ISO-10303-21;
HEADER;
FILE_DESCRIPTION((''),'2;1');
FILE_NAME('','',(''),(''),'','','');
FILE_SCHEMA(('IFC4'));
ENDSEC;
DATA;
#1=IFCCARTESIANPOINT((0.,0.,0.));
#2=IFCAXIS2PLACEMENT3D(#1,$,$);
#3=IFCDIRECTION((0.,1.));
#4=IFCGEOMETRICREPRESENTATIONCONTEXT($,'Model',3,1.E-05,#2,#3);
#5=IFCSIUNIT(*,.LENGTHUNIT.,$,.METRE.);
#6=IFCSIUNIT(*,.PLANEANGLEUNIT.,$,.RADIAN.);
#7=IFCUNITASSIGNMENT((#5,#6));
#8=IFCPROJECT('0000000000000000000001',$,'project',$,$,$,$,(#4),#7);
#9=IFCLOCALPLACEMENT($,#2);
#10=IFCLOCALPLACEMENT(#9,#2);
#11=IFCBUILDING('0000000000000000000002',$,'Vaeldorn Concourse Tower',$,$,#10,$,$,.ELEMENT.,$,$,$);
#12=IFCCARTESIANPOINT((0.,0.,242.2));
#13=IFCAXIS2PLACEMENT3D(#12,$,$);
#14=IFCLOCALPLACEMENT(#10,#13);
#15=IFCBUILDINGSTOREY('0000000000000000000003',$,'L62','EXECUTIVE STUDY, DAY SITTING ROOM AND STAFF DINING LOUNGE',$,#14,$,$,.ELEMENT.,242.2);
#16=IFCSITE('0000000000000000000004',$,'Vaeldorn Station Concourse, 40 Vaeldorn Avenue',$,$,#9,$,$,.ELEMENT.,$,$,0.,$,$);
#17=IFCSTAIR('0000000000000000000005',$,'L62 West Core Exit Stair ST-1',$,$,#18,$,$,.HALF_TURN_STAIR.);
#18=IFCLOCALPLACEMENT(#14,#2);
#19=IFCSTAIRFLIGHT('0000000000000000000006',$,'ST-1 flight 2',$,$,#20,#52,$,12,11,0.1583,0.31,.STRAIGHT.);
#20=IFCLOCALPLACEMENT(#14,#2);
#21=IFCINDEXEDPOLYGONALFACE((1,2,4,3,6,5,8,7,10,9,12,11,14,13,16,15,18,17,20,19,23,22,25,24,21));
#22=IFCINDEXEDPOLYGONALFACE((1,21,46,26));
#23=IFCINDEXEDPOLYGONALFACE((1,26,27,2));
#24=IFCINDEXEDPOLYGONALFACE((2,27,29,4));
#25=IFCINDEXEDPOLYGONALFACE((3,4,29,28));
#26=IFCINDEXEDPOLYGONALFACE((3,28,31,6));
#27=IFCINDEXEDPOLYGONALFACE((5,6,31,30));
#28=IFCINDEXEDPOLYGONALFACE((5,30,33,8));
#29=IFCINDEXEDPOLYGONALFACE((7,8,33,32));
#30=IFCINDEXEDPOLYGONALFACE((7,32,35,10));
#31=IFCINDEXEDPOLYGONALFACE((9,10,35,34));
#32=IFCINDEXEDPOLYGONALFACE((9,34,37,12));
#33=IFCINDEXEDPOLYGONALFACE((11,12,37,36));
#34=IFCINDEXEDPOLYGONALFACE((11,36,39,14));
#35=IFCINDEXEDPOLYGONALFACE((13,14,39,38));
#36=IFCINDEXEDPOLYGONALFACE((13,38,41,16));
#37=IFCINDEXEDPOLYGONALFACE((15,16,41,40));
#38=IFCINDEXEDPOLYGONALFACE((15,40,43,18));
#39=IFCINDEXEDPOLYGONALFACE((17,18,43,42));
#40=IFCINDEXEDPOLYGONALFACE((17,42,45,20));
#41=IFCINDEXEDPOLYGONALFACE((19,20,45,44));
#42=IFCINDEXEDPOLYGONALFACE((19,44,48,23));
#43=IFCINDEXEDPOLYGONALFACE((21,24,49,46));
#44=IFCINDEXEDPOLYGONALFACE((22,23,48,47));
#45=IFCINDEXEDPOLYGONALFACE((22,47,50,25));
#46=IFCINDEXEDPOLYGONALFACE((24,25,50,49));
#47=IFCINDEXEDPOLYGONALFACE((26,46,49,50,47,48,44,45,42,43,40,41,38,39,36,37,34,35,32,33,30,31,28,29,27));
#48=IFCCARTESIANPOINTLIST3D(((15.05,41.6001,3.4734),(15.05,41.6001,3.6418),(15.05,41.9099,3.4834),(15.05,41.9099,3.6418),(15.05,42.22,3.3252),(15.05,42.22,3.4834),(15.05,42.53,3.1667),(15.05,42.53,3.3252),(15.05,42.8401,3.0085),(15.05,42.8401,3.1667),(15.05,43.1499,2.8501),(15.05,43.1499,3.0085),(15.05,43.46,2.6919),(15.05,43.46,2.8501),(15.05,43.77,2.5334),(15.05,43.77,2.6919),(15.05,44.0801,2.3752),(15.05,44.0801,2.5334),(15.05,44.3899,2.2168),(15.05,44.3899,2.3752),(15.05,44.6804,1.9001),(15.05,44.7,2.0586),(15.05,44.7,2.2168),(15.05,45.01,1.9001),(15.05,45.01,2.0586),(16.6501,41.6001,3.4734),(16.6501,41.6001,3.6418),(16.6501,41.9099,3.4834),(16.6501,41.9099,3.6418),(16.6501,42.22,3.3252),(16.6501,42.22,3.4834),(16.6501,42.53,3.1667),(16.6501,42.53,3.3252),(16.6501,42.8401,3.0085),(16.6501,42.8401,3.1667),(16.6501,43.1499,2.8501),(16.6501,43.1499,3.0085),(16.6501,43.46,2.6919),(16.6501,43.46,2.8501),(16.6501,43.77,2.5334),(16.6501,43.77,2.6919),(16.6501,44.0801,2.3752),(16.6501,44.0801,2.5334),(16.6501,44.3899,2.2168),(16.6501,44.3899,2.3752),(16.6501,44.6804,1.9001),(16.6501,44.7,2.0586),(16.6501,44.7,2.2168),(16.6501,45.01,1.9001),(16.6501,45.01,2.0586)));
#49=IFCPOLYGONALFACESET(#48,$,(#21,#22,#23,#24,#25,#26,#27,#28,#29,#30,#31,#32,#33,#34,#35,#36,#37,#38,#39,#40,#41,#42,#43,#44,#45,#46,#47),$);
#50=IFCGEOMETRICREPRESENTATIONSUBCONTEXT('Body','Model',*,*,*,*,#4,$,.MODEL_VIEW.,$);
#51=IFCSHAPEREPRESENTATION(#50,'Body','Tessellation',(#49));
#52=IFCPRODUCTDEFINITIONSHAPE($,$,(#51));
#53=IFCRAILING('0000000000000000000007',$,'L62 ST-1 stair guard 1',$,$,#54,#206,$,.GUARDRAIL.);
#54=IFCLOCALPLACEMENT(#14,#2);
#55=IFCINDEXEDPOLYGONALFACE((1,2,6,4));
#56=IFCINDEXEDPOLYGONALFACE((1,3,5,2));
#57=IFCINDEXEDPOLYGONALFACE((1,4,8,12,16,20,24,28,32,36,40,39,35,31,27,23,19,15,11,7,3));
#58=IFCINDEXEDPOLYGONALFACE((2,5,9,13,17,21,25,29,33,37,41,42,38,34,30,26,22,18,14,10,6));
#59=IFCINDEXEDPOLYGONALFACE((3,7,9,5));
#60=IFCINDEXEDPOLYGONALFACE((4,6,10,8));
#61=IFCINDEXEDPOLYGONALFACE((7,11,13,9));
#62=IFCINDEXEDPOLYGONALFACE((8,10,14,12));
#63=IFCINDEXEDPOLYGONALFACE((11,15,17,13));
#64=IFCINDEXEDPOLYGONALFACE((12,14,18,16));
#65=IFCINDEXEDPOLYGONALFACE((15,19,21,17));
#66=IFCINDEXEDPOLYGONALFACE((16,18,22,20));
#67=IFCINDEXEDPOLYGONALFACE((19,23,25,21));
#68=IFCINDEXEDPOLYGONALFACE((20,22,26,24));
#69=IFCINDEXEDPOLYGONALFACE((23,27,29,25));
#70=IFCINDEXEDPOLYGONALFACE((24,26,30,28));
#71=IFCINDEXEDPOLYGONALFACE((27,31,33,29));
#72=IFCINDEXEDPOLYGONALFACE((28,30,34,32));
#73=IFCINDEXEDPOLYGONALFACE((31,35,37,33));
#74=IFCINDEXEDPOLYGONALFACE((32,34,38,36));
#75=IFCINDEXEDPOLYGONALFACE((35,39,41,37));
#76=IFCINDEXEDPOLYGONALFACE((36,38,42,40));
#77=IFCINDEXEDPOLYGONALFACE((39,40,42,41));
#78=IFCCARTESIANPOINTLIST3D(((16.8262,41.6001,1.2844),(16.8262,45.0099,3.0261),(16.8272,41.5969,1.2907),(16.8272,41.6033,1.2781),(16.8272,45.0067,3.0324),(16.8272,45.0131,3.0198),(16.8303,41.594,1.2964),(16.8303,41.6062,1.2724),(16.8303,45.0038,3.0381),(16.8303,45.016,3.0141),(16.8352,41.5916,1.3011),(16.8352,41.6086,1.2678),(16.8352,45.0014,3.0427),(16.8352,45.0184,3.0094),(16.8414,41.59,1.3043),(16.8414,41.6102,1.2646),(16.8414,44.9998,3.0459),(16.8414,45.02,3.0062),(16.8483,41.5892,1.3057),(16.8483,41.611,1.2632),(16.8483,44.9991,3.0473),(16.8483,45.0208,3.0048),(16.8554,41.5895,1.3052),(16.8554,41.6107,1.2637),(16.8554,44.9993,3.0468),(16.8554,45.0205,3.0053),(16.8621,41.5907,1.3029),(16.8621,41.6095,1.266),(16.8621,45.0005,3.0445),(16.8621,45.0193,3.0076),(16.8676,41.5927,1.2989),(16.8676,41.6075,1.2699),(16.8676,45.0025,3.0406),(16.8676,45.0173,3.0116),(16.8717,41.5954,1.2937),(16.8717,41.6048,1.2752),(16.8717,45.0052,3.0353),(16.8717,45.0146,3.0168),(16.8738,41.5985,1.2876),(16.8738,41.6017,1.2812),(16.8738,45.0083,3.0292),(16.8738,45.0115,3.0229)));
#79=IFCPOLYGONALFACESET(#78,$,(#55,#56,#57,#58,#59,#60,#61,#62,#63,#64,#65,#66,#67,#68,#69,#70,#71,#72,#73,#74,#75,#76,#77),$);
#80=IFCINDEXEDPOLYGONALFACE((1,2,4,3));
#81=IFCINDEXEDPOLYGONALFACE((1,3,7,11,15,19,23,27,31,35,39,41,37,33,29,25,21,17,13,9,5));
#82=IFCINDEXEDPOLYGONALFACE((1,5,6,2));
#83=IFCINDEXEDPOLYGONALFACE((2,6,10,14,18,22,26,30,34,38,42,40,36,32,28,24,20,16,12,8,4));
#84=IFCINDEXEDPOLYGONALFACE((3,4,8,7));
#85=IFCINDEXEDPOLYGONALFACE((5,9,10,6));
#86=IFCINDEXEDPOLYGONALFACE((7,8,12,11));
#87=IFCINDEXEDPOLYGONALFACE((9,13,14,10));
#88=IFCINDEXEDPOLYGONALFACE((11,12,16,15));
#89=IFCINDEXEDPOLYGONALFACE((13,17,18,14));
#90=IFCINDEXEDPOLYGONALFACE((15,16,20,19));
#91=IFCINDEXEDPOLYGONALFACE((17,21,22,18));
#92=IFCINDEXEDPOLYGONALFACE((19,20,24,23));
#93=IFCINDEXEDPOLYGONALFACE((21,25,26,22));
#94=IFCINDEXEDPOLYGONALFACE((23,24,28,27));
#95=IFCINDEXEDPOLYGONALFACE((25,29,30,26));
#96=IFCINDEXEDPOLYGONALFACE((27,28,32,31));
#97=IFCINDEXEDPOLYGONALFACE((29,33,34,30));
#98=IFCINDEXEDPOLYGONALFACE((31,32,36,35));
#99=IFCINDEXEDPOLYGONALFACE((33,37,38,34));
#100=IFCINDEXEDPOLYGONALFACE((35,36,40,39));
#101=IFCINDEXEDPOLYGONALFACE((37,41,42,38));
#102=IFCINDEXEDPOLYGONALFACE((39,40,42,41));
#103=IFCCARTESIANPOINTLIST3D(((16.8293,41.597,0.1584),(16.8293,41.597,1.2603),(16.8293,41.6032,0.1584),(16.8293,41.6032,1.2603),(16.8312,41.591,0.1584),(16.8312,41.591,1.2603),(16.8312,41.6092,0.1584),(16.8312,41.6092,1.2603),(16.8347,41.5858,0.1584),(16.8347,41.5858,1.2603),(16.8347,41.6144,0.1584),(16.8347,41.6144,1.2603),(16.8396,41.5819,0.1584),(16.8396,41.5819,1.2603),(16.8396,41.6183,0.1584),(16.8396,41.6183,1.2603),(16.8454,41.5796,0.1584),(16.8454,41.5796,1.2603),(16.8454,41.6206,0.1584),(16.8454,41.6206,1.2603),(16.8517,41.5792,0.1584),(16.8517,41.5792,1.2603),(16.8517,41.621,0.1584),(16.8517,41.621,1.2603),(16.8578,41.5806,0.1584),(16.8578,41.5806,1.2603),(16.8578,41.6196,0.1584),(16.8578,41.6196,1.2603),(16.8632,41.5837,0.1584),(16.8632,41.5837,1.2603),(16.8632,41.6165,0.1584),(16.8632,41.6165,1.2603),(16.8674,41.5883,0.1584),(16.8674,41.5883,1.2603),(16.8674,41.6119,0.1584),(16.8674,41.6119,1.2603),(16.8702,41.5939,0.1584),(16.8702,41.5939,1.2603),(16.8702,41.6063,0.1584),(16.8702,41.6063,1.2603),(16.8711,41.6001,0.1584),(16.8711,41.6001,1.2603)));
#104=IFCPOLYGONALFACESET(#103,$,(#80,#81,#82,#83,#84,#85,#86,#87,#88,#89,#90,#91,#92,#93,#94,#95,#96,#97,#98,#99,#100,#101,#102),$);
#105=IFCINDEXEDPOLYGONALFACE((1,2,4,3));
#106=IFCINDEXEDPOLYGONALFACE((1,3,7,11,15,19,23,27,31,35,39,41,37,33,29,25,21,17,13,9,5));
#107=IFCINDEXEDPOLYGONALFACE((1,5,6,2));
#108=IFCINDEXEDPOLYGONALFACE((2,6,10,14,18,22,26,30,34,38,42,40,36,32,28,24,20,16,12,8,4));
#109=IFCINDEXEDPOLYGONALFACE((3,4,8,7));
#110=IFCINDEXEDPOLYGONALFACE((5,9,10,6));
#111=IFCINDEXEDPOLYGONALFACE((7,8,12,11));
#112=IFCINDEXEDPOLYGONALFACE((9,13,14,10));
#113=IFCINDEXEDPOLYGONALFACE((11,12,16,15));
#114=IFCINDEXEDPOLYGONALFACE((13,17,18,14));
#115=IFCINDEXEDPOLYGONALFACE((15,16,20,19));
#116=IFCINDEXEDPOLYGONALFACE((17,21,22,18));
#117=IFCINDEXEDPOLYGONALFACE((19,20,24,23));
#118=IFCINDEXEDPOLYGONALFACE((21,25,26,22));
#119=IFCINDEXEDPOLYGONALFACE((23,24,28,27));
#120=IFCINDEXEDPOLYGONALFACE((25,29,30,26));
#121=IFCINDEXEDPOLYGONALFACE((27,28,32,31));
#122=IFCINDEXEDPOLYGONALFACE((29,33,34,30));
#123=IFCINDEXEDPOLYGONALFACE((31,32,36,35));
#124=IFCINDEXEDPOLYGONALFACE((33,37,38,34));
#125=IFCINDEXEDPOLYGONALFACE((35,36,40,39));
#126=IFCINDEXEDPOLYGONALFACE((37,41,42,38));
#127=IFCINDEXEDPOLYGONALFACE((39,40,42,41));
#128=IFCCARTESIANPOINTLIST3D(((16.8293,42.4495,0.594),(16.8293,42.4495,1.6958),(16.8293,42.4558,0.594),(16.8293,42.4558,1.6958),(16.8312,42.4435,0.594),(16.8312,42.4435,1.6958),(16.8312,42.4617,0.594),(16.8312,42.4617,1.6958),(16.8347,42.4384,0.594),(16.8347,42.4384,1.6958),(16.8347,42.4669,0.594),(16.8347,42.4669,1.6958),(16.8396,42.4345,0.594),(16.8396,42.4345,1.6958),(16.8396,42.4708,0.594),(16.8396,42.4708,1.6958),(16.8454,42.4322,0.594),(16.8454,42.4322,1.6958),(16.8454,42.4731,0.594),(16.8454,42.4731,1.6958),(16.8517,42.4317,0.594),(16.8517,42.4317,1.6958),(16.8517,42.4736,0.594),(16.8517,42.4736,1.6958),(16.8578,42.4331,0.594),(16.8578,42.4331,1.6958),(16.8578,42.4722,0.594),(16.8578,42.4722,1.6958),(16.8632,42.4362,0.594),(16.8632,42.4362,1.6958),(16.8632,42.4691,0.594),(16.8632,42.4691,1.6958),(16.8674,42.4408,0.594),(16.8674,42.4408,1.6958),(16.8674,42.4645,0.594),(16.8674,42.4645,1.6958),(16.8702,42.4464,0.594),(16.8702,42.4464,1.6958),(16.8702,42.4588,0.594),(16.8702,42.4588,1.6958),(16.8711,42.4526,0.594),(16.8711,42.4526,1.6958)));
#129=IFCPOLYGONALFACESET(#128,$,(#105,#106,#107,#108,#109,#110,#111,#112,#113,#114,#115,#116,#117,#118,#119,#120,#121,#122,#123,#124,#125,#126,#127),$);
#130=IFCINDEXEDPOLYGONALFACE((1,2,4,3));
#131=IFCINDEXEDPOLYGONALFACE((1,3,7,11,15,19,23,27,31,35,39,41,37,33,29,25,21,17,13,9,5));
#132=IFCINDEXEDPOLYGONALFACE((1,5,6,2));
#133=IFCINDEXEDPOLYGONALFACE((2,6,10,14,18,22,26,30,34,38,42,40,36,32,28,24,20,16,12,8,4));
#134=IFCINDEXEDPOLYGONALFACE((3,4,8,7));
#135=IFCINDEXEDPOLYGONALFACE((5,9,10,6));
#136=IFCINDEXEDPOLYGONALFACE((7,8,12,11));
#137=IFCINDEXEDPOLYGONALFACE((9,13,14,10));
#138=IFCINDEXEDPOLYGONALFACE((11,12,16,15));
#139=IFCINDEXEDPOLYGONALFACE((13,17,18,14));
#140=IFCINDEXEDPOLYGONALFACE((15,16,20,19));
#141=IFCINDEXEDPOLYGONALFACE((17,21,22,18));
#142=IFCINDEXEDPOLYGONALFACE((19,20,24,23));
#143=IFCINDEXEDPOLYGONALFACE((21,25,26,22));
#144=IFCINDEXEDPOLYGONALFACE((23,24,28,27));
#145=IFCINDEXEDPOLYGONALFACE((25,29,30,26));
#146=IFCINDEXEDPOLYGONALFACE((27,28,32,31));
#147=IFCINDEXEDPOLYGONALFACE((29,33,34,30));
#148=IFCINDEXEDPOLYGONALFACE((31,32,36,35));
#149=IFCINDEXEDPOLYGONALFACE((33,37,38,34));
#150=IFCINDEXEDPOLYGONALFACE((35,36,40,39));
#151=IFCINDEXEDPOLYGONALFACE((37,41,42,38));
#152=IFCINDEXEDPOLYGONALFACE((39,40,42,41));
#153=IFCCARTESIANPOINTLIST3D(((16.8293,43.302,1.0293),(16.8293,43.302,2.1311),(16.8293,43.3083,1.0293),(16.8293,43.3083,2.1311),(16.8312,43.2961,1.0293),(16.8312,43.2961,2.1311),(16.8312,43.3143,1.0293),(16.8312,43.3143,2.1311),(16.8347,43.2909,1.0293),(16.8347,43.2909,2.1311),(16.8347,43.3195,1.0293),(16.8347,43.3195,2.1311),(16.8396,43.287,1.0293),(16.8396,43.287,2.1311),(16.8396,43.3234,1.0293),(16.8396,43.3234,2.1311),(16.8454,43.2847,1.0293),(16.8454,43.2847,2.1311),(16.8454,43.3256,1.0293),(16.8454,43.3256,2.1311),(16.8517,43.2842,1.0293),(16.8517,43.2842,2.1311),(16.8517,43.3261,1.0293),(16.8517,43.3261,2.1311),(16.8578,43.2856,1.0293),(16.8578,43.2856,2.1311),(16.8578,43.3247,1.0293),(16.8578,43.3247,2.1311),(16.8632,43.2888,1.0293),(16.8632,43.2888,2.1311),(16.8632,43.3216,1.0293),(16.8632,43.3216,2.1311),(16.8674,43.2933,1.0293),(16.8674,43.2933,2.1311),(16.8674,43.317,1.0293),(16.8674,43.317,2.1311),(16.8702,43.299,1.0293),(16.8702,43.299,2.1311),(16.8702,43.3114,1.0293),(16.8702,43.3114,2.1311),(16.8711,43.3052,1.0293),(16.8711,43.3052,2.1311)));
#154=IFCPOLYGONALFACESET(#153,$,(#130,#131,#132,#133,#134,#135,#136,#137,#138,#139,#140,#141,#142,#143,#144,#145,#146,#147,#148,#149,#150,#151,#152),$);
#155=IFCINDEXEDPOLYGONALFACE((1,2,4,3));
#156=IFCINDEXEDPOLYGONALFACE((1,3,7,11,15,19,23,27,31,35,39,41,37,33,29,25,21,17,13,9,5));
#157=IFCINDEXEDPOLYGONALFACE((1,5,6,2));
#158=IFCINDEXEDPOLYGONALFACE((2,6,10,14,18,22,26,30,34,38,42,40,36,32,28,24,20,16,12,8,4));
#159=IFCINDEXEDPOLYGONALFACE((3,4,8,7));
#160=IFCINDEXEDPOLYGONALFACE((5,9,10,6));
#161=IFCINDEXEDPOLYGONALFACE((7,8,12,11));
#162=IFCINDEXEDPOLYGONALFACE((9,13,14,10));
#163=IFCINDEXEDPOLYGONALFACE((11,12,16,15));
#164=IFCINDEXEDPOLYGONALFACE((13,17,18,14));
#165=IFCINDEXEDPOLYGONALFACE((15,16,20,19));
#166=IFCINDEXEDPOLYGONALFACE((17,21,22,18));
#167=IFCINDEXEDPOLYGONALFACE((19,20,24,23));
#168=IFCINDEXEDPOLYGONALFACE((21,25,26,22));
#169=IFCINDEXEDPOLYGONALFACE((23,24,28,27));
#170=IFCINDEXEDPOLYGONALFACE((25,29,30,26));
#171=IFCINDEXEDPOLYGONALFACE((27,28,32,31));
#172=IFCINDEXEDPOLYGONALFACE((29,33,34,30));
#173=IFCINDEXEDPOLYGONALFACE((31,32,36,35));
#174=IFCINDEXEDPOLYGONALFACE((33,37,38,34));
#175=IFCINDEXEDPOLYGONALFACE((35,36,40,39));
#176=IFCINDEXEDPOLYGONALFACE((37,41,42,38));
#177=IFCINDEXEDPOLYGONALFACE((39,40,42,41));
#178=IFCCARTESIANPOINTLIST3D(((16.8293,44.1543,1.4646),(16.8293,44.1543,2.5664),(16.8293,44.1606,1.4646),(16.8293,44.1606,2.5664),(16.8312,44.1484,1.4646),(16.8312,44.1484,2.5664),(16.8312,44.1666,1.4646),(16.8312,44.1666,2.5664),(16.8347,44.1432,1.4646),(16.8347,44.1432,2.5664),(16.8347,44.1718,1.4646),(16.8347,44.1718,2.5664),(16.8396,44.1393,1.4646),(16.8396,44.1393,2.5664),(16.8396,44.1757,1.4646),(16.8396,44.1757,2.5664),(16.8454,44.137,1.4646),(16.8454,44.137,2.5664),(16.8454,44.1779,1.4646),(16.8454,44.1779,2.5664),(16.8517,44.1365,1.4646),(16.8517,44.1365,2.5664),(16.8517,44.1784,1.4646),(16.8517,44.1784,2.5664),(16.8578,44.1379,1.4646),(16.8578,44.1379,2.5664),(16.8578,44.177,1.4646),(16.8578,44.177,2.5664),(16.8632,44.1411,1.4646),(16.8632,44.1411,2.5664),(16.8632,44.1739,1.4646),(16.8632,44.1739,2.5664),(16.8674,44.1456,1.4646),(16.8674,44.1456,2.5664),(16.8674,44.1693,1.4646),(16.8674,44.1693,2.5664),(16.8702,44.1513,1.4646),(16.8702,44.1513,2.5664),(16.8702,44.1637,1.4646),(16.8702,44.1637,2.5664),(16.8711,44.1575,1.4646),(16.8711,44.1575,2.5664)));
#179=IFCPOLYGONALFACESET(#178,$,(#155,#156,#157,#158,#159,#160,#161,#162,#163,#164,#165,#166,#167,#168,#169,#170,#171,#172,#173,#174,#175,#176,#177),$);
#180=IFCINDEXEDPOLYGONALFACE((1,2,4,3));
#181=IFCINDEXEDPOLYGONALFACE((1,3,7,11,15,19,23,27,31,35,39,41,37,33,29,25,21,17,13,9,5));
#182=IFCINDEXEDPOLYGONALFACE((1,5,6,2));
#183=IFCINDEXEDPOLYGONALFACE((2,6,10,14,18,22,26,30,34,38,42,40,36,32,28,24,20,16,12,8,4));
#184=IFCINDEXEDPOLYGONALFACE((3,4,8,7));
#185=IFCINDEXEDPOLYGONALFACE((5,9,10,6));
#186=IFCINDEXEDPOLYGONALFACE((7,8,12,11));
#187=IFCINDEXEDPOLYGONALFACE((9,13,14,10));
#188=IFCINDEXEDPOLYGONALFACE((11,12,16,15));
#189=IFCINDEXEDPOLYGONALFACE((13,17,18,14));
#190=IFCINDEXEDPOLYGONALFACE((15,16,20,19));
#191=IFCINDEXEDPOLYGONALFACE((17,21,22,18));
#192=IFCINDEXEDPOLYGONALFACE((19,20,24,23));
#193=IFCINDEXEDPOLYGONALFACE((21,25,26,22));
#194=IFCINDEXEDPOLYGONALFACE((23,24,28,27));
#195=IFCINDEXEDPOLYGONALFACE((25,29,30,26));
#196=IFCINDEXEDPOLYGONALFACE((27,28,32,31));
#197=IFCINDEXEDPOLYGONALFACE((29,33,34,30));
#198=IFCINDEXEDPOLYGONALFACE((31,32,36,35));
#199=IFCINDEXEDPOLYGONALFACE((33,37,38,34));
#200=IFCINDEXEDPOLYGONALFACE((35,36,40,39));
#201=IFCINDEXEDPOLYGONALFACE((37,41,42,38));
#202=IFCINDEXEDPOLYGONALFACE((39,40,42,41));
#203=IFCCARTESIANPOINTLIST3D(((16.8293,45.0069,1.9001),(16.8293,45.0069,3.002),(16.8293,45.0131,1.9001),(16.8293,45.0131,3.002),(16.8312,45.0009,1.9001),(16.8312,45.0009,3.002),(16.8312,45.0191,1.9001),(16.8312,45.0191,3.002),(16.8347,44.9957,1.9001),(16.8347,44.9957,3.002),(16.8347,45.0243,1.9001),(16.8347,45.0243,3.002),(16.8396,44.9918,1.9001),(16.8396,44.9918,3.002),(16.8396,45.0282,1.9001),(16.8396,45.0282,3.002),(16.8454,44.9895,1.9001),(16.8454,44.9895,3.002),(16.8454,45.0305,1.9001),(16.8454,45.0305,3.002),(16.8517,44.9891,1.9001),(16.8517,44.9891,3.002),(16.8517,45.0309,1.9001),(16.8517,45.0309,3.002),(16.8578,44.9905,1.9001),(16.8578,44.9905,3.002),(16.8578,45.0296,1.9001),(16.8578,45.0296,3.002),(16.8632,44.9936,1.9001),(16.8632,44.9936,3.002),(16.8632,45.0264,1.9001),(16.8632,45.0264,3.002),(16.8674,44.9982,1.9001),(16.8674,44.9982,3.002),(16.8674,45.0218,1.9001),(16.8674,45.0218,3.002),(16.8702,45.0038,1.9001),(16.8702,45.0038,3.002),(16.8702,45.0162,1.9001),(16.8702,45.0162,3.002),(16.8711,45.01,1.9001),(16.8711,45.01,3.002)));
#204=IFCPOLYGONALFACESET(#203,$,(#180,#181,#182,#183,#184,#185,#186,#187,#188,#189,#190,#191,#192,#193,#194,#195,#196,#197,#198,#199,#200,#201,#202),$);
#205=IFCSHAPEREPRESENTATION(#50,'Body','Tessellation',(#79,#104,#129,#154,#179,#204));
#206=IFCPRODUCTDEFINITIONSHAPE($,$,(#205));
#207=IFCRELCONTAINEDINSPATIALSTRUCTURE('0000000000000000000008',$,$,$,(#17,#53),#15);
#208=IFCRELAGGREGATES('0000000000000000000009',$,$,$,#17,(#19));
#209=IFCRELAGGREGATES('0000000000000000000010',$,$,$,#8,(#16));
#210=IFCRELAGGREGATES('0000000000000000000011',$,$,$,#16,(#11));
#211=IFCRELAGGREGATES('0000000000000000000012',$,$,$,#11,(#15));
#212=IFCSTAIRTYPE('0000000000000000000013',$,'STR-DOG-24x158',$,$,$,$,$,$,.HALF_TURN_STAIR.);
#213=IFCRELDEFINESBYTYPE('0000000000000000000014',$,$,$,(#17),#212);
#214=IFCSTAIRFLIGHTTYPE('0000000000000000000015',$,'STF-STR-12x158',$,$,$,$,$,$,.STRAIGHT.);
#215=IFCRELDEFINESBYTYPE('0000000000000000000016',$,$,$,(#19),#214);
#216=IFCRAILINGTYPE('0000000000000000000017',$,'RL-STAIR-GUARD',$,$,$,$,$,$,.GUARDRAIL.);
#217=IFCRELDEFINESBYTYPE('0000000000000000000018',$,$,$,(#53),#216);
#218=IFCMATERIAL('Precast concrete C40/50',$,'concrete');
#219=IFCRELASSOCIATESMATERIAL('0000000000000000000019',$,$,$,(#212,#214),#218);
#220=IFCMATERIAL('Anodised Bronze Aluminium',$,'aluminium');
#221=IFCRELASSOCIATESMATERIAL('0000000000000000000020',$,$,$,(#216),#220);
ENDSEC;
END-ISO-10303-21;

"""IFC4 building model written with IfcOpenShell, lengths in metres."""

from ifc_helpers import new_model, si_unit, direction, frame, origin, origin_2d, place, context, subcontext, project, spatial, polyline, circle, outline, extrude, material, type_object, element, aggregate, save


model = new_model("IFC4")

# Units and contexts
model_context = context("Model", 3, precision=1e-05, world=origin(), true_north=direction((0.0, 1.0)))
body_context = subcontext(model_context, "Body", "Model", "MODEL_VIEW")
ifc_project = project(units=[si_unit("LENGTHUNIT", "METRE"), si_unit("PLANEANGLEUNIT", "RADIAN")], contexts=[model_context])

# Site, building, storey
site_placement = place(None, origin())
site = spatial("IfcSite", under=ifc_project, at=site_placement, Name="Vaeldorn Station Concourse, 40 Vaeldorn Avenue", CompositionType="ELEMENT", RefElevation=0.0)
building_placement = place(site_placement, origin())
building = spatial("IfcBuilding", under=site, at=building_placement, Name="Vaeldorn Concourse Tower", CompositionType="ELEMENT")
storey_placement = place(building_placement, frame((0.0, 0.0, 242.2)))
storey = spatial("IfcBuildingStorey", under=building, at=storey_placement, Name="L62", Description="EXECUTIVE STUDY, DAY SITTING ROOM AND STAFF DINING LOUNGE", CompositionType="ELEMENT", Elevation=242.2)

# Shared definitions
ifc_material_1 = material(Name="Anodised Bronze Aluminium", Category="aluminium")

# Stair, stair flight
ifc_material_2 = material(Name="Precast concrete C40/50", Category="concrete")
stair_type = type_object("IfcStairType", Name="STR-DOG-24x158", PredefinedType="HALF_TURN_STAIR", material=ifc_material_2)
stair_placement = place(storey_placement, origin())
stair = element("IfcStair", 1, at=stair_placement, inside=storey, type_object=stair_type, Name="L62 West Core Exit Stair ST-1", PredefinedType="HALF_TURN_STAIR")
stair_flight_type = type_object("IfcStairFlightType", Name="STF-STR-12x158", PredefinedType="STRAIGHT", material=ifc_material_2)
stair_flight_1_placement = place(storey_placement, frame((15.8501, 45.01, 1.9001), z_axis=(0.0, 0.0, 1.0), x_axis=(0.0, -1.0, 0.0)))
stair_flight_1 = element("IfcStairFlight", 2, at=stair_flight_1_placement, type_object=stair_flight_type, Name="ST-1 flight 2", NumberOfRisers=12, NumberOfTreads=11, PredefinedType="STRAIGHT", RiserHeight=0.1583, TreadLength=0.31, context=body_context, shape_type="SweptSolid", body=[
    extrude(outline(polyline([(0.0, 0.0), (0.0, 0.1584), (0.3101, 0.1584), (0.3101, 0.3167), (0.6201, 0.3167), (0.6201, 0.4751), (0.9299, 0.4751), (0.9299, 0.6333), (1.24, 0.6333), (1.24, 0.7917), (1.55, 0.7917), (1.55, 0.95), (1.8601, 0.95), (1.8601, 1.1084), (2.1699, 1.1084), (2.1699, 1.2666), (2.48, 1.2666), (2.48, 1.425), (2.79, 1.425), (2.79, 1.5833), (3.1001, 1.5833), (3.1001, 1.7417), (3.4099, 1.7417), (3.4099, 1.8999), (3.4099, 1.5732), (0.3296, 0.0), (0.0, 0.0)])), frame((0.0, 0.8, 0.0), z_axis=(0.0, -1.0, 0.0), x_axis=(1.0, 0.0, 0.0)), (0.0, 0.0, 1.0), 1.6001),
])
aggregate(stair, [stair_flight_1])

# Railing
railing_type_1 = type_object("IfcRailingType", Name="RL-STAIR-GUARD", PredefinedType="GUARDRAIL", material=ifc_material_1)
railing_1_placement = place(storey_placement, frame((16.8501, 41.6001, 0.1584)))
element("IfcRailing", 3, at=railing_1_placement, inside=storey, type_object=railing_type_1, Name="L62 ST-1 stair guard 1", PredefinedType="GUARDRAIL", context=body_context, shape_type="SweptSolid", body=[
    extrude(circle(Radius=0.0239, at=origin_2d()), frame((0.0, 0.0, 1.126), z_axis=(0.0, 0.890556, 0.454874), x_axis=(-1.0, 0.0, 0.0)), (0.0, 0.0, 1.0), 3.8289),
    extrude(circle(Radius=0.021, at=origin_2d()), origin(), (0.0, 0.0, 1.0), 1.1018),
    extrude(circle(Radius=0.021, at=origin_2d()), frame((0.0, 0.8525, 0.4355)), (0.0, 0.0, 1.0), 1.1018),
    extrude(circle(Radius=0.021, at=origin_2d()), frame((0.0, 1.7051, 0.8708)), (0.0, 0.0, 1.0), 1.1018),
    extrude(circle(Radius=0.021, at=origin_2d()), frame((0.0, 2.5574, 1.3062)), (0.0, 0.0, 1.0), 1.1018),
    extrude(circle(Radius=0.021, at=origin_2d()), frame((0.0, 3.4099, 1.7417)), (0.0, 0.0, 1.0), 1.1018),
])

save(model, "model.ifc")
